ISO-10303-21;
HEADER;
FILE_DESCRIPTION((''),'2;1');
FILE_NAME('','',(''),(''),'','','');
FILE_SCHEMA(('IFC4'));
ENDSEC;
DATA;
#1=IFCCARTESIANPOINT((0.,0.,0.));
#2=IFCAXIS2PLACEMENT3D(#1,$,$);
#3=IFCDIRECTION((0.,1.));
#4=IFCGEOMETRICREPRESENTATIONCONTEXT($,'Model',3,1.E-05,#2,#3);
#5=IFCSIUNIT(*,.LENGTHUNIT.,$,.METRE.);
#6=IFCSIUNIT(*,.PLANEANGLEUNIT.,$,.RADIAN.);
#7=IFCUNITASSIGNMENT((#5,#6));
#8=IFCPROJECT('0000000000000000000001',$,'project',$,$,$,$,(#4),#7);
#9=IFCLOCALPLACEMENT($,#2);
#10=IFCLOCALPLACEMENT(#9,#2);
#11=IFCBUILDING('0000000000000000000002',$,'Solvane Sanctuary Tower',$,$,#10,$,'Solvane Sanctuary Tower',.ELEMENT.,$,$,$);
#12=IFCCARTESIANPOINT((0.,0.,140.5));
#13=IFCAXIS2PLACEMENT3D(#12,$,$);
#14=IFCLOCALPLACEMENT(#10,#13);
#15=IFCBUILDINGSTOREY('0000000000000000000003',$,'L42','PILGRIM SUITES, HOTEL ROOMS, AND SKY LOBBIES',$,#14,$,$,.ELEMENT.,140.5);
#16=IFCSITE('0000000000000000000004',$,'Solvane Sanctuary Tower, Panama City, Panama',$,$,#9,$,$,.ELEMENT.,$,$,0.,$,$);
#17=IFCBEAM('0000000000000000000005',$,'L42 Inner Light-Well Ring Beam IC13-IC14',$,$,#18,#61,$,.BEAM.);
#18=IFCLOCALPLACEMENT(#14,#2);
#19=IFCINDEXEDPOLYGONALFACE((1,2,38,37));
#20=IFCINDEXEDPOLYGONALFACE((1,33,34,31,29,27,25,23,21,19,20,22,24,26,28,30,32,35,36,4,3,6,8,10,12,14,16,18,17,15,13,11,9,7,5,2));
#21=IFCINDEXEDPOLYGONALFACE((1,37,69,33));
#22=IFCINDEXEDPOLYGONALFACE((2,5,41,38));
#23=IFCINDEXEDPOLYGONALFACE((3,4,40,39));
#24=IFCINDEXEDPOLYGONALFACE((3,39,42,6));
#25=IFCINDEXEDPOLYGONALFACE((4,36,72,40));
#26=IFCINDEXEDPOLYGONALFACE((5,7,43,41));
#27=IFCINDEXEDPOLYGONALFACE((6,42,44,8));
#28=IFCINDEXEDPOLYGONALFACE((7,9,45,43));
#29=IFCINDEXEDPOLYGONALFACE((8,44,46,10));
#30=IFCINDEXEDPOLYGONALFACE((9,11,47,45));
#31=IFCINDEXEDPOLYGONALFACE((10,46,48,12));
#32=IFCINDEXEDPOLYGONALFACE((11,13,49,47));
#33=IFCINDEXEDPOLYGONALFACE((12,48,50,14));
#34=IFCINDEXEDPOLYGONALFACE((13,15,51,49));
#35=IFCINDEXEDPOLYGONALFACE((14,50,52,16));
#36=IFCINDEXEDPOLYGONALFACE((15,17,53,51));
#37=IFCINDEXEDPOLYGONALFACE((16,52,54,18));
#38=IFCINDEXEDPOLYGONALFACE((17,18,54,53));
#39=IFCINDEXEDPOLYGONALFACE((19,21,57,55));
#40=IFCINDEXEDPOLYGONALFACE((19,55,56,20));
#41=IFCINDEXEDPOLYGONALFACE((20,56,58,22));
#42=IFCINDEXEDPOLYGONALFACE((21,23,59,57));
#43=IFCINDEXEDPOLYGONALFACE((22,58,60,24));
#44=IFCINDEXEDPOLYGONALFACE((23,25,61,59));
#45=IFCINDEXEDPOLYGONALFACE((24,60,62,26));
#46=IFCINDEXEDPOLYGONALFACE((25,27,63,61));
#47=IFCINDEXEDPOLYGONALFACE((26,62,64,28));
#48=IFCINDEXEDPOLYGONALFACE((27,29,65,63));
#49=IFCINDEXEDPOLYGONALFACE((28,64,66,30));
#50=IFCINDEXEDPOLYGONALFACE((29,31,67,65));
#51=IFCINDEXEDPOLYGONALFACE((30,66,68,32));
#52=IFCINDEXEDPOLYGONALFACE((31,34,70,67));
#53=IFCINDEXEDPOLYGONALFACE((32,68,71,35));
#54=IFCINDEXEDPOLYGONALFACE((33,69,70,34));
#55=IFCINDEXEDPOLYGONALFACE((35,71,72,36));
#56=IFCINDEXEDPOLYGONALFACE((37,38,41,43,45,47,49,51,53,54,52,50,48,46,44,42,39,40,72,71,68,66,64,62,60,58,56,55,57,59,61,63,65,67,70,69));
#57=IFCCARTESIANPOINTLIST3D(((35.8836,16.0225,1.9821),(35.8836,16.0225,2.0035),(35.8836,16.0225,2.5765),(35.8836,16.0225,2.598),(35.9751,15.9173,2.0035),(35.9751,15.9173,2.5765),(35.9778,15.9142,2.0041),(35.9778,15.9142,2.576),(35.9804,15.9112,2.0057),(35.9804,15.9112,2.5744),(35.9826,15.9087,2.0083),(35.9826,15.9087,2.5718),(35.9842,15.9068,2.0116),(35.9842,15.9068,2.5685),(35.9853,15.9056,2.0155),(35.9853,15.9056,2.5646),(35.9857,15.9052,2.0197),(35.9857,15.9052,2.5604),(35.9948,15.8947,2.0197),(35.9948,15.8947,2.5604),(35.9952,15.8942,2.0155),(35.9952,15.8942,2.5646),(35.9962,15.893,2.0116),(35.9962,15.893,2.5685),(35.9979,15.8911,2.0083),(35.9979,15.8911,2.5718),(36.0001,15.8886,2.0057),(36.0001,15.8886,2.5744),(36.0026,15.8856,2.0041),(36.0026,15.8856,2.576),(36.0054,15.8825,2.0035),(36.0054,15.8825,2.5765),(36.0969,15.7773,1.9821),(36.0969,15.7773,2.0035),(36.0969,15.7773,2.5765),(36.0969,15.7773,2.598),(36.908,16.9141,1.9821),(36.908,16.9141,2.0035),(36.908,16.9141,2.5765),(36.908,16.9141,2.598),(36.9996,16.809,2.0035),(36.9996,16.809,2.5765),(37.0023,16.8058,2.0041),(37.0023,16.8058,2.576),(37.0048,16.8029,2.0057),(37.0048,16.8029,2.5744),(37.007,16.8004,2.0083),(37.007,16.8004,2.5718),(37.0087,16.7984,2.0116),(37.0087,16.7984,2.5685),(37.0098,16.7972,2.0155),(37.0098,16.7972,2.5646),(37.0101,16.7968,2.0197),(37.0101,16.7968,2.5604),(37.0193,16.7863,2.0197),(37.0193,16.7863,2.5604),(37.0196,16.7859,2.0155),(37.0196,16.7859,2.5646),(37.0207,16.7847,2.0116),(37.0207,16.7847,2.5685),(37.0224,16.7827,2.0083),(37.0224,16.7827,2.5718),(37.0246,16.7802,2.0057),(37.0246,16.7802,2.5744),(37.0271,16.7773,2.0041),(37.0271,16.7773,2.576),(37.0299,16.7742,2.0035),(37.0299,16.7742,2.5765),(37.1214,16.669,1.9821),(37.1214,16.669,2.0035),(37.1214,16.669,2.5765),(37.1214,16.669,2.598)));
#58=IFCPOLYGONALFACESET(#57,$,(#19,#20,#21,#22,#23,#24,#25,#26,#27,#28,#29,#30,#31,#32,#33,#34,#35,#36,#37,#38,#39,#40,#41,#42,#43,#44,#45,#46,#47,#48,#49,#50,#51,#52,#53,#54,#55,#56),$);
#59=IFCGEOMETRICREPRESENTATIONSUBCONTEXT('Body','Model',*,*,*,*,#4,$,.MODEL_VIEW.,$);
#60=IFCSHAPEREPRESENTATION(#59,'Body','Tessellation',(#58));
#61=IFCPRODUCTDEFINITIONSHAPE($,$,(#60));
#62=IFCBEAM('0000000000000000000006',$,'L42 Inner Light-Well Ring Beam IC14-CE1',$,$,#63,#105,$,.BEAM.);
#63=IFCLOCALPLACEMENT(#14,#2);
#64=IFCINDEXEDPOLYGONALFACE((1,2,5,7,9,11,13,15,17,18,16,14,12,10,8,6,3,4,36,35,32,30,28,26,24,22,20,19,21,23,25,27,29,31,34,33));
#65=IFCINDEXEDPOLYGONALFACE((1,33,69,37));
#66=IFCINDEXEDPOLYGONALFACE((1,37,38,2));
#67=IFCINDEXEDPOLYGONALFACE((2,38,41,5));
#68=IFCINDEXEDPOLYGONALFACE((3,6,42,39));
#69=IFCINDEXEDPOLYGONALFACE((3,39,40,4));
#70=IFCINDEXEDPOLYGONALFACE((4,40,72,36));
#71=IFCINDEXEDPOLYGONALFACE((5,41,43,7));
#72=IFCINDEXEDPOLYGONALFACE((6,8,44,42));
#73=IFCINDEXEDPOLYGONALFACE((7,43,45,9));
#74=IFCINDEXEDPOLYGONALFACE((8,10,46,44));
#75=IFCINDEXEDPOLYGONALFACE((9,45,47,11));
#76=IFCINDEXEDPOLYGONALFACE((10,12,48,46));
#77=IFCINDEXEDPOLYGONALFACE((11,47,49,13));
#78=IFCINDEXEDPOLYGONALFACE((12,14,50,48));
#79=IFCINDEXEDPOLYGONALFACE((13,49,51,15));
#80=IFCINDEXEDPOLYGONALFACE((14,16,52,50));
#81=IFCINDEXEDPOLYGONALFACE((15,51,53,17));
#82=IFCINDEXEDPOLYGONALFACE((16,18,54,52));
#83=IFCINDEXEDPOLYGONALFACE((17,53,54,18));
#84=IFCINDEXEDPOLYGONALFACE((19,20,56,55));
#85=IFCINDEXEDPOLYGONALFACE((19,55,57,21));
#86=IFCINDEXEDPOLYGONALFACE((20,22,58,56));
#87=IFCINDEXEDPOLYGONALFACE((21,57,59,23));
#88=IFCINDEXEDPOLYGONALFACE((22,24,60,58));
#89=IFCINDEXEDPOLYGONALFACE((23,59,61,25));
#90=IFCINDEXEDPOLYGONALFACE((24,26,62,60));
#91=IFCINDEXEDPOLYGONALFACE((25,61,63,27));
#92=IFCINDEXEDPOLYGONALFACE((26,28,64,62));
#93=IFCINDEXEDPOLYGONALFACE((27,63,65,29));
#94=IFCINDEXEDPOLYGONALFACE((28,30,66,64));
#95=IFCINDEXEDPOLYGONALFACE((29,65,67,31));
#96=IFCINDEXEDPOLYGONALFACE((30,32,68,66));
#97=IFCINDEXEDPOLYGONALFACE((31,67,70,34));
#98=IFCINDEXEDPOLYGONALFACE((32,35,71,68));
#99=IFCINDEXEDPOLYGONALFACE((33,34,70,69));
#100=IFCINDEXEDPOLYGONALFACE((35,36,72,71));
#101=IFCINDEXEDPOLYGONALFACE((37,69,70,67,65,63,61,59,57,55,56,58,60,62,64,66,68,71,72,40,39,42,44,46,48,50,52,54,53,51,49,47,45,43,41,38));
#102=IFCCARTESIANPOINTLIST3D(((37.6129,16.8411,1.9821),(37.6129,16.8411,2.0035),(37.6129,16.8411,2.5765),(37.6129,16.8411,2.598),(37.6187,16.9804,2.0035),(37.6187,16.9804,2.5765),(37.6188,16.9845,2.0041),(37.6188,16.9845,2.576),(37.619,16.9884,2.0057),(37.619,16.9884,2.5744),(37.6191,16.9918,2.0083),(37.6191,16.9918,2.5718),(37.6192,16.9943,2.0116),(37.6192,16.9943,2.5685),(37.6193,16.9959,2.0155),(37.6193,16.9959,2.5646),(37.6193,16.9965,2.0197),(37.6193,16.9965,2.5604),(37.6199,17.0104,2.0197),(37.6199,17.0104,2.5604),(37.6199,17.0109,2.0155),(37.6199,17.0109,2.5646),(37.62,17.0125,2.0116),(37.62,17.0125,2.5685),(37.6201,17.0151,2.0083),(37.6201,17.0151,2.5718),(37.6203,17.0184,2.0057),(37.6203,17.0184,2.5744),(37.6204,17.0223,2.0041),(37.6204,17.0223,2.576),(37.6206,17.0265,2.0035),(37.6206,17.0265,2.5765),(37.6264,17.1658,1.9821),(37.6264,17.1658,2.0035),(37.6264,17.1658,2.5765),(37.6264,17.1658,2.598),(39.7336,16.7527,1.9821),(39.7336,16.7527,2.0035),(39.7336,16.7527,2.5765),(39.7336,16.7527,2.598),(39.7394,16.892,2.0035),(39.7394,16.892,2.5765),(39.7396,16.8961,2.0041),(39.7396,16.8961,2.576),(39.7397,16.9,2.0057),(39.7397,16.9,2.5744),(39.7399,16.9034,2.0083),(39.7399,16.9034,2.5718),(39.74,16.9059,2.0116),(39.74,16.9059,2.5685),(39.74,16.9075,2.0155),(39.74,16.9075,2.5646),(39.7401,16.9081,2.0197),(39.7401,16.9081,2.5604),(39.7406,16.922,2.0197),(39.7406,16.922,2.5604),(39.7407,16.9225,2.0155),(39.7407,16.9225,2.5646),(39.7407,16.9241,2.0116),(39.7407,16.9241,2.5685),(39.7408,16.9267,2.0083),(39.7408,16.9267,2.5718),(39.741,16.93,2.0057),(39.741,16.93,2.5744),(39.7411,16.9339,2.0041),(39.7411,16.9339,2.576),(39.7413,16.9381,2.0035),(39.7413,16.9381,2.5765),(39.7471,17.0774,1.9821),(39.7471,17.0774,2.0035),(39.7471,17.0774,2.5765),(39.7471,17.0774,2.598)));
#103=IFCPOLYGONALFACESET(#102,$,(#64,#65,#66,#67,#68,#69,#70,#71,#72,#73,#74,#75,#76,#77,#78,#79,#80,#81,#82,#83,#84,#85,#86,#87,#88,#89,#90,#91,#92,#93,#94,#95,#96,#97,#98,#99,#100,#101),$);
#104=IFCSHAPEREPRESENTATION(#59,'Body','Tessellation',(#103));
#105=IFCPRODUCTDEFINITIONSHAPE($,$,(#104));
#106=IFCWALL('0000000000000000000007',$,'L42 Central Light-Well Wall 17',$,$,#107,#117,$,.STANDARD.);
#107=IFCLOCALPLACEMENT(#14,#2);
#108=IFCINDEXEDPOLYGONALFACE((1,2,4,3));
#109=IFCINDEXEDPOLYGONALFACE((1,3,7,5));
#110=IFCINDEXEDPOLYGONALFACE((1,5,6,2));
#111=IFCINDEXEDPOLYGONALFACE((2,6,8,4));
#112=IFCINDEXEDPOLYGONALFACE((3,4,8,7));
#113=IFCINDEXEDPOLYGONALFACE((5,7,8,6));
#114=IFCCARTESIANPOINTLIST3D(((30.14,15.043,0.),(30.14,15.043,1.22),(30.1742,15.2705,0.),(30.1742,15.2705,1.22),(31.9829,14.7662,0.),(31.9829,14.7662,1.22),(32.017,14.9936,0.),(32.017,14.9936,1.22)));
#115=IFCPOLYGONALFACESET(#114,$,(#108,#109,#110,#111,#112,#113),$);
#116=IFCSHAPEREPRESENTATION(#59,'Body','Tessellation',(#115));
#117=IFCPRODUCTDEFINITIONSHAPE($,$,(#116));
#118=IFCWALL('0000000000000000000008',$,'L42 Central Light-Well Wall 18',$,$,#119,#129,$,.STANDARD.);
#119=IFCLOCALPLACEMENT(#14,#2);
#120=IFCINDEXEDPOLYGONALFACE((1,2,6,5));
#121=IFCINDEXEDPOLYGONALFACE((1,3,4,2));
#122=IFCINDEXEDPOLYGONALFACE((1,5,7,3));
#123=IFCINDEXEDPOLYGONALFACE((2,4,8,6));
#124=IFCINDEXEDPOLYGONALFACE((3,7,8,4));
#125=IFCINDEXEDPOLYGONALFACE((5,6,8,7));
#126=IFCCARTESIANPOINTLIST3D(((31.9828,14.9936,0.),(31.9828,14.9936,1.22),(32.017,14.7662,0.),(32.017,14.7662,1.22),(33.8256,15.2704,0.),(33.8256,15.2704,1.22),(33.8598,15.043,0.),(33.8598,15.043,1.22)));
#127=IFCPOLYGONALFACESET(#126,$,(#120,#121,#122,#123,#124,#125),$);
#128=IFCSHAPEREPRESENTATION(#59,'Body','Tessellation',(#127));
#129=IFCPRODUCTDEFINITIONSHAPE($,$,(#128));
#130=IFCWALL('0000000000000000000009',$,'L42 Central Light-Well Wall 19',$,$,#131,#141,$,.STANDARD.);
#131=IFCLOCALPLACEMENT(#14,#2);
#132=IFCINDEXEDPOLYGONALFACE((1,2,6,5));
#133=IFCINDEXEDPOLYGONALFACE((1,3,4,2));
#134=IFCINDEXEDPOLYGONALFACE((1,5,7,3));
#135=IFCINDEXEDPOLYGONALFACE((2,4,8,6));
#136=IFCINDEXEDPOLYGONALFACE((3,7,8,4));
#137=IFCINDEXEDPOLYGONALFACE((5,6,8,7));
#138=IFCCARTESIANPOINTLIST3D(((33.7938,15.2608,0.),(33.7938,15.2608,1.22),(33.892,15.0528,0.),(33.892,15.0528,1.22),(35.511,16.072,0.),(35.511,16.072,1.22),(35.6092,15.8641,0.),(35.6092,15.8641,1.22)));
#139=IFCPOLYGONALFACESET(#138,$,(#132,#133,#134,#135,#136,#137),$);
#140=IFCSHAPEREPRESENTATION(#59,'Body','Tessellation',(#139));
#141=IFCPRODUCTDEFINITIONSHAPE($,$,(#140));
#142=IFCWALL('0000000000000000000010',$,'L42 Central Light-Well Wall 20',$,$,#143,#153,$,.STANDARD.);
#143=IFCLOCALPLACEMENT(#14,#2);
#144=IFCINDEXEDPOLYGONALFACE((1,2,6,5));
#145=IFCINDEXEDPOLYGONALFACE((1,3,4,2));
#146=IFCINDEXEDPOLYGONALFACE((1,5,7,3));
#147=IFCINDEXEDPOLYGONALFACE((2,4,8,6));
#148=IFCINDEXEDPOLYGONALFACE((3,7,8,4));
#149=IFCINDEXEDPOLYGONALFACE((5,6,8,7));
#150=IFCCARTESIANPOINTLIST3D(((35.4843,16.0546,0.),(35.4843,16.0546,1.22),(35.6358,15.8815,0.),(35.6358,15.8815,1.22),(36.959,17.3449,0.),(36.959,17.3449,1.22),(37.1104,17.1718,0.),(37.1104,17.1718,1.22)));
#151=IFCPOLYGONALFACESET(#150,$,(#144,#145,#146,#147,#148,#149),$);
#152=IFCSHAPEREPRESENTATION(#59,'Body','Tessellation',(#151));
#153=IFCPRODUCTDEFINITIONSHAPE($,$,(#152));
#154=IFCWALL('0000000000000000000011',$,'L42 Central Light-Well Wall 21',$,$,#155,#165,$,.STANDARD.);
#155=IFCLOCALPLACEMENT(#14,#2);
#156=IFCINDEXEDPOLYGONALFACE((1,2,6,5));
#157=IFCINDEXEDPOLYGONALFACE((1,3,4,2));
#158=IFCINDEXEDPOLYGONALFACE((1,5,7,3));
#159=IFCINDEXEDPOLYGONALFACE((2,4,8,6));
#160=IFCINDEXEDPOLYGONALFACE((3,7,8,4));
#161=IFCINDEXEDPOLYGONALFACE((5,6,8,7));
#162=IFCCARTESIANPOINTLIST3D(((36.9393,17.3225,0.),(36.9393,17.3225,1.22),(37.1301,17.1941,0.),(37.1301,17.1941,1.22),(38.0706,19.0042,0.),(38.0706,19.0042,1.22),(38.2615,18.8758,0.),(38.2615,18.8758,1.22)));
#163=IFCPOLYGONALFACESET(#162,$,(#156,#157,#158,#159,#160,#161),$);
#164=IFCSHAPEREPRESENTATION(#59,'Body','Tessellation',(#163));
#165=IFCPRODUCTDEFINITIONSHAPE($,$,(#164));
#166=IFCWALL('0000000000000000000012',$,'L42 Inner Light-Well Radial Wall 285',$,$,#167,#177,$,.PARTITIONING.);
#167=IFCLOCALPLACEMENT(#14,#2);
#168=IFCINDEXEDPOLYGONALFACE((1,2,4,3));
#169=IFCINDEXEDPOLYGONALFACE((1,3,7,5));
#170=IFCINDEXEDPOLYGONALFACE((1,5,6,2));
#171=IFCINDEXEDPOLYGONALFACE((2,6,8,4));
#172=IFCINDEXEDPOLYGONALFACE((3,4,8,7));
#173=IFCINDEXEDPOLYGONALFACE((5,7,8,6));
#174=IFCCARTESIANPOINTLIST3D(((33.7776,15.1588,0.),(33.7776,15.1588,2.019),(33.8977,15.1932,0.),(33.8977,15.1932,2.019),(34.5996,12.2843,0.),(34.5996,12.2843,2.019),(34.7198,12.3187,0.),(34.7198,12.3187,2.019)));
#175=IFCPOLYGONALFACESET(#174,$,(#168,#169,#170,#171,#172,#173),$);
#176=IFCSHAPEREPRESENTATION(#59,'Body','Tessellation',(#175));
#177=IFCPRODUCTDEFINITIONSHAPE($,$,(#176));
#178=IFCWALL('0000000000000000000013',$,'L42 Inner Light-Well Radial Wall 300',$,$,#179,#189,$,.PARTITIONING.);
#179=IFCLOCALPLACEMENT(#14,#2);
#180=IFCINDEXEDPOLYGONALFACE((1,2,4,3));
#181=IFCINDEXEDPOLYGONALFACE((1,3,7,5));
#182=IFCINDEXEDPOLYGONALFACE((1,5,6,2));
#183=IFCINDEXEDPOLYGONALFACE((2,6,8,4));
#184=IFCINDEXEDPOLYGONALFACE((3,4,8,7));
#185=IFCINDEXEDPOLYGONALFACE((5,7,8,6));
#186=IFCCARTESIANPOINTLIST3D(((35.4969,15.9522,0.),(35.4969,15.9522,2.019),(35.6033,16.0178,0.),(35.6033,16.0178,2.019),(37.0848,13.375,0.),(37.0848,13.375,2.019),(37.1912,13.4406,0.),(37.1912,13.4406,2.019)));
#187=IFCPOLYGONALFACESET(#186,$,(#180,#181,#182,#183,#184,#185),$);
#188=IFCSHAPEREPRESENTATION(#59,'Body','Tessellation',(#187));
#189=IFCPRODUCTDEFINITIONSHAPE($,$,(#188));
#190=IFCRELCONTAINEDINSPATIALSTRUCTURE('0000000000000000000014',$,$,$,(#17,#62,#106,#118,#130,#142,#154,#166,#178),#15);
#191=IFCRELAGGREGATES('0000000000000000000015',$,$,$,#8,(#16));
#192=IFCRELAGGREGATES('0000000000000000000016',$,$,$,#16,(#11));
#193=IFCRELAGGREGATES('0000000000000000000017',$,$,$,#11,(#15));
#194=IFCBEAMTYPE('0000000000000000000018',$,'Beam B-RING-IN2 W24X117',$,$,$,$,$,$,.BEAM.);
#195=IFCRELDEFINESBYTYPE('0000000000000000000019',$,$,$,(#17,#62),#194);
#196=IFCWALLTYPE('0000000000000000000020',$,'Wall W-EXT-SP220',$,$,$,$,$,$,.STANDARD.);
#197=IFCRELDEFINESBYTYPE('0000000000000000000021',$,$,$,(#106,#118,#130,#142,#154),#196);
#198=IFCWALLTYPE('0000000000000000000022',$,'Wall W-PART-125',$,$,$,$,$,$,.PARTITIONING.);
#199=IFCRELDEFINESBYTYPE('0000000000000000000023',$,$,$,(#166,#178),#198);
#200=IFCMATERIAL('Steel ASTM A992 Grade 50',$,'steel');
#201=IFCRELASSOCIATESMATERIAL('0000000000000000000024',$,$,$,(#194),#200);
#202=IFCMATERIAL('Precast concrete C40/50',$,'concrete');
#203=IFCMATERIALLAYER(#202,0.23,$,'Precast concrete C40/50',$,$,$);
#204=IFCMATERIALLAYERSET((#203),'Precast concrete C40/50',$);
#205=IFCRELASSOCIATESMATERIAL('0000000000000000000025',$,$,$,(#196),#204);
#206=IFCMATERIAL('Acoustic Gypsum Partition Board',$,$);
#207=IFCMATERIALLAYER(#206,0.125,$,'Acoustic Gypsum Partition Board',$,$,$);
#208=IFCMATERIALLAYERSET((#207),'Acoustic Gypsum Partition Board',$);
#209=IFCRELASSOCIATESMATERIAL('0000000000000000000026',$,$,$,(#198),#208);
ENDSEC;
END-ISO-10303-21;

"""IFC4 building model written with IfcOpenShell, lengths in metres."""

from ifc_helpers import new_model, si_unit, direction, frame, frame_2d, origin, origin_2d, place, context, subcontext, project, spatial, rectangle, i_section, extrude, material, layer, layer_set, material_profile, profile_set, type_object, element, save


model = new_model("IFC4")

# Units and contexts
model_context = context("Model", 3, precision=1e-05, world=origin(), true_north=direction((0.0, 1.0)))
body_context = subcontext(model_context, "Body", "Model", "MODEL_VIEW")
ifc_project = project(units=[si_unit("LENGTHUNIT", "METRE"), si_unit("PLANEANGLEUNIT", "RADIAN")], contexts=[model_context])

# Site, building, storey
site_placement = place(None, origin())
site = spatial("IfcSite", under=ifc_project, at=site_placement, Name="Solvane Sanctuary Tower, Panama City, Panama", CompositionType="ELEMENT", RefElevation=0.0)
building_placement = place(site_placement, origin())
building = spatial("IfcBuilding", under=site, at=building_placement, Name="Solvane Sanctuary Tower", LongName="Solvane Sanctuary Tower", CompositionType="ELEMENT")
storey_placement = place(building_placement, frame((0.0, 0.0, 140.5)))
storey = spatial("IfcBuildingStorey", under=building, at=storey_placement, Name="L42", Description="PILGRIM SUITES, HOTEL ROOMS, AND SKY LOBBIES", CompositionType="ELEMENT", Elevation=140.5)

# Beams
ifc_material_1 = material(Name="Steel ASTM A992 Grade 50", Category="steel")
ifc_material_profile_1 = material_profile(ifc_material_1, i_section(OverallWidth=0.325, OverallDepth=0.616, WebThickness=0.0139, FlangeThickness=0.0215, FilletRadius=0.0161, at=origin_2d()), Name="W24X117")
ifc_profile_set_1 = profile_set([ifc_material_profile_1], Name="Steel ASTM A992 Grade 50")
beam_type_1 = type_object("IfcBeamType", Name="Beam B-RING-IN2 W24X117", PredefinedType="BEAM", material=ifc_profile_set_1)
beam_1_placement = place(storey_placement, frame((35.9902, 15.8999, 2.29), z_axis=(0.754311, 0.656517, 0.0), x_axis=(-0.656517, 0.754311, 0.0)))
element("IfcBeam", 1, at=beam_1_placement, inside=storey, type_object=beam_type_1, Name="L42 Inner Light-Well Ring Beam IC13-IC14", PredefinedType="BEAM", context=body_context, shape_type="SweptSolid", body=[
    extrude(i_section(OverallWidth=0.325, OverallDepth=0.616, WebThickness=0.0139, FlangeThickness=0.0215, FilletRadius=0.0161, at=origin_2d()), origin(), (0.0, 0.0, 1.0), 1.3582),
])
beam_2_placement = place(storey_placement, frame((37.6196, 17.0034, 2.29), z_axis=(0.999133, -0.04164, 0.0), x_axis=(0.04164, 0.999133, 0.0)))
element("IfcBeam", 2, at=beam_2_placement, inside=storey, type_object=beam_type_1, Name="L42 Inner Light-Well Ring Beam IC14-CE1", PredefinedType="BEAM", context=body_context, shape_type="SweptSolid", body=[
    extrude(i_section(OverallWidth=0.325, OverallDepth=0.616, WebThickness=0.0139, FlangeThickness=0.0215, FilletRadius=0.0161, at=origin_2d()), origin(), (0.0, 0.0, 1.0), 2.1226),
])

# Walls
ifc_material_2 = material(Name="Precast concrete C40/50", Category="concrete")
ifc_layer_1 = layer(ifc_material_2, 0.23, Name="Precast concrete C40/50")
ifc_layer_set_1 = layer_set([ifc_layer_1], Name="Precast concrete C40/50")
wall_type_1 = type_object("IfcWallType", Name="Wall W-EXT-SP220", PredefinedType="STANDARD", material=ifc_layer_set_1)
for number, where, z_axis, x_axis, name in (
    (3, (30.1572, 15.1567, 0.0), (0.0, 0.0, 1.0), (0.988902, -0.148571, 0.0), "L42 Central Light-Well Wall 17"),
    (4, (32.0, 14.8799, 0.0), (0.0, 0.0, 1.0), (0.988902, 0.148571, 0.0), "L42 Central Light-Well Wall 18"),
):
    element("IfcWall", number, at=place(storey_placement, frame(where, z_axis=z_axis, x_axis=x_axis)), inside=storey, type_object=wall_type_1, Name=name, PredefinedType="STANDARD", context=body_context, shape_type="SweptSolid", body=[
        extrude(rectangle(XDim=1.8635, YDim=0.23, at=frame_2d((0.9316, 0.0))), origin(), (0.0, 0.0, 1.0), 1.22),
    ])
wall_1_placement = place(storey_placement, frame((33.8428, 15.1567, 0.0), z_axis=(0.0, 0.0, 1.0), x_axis=(0.90418, 0.427152, 0.0)))
element("IfcWall", 5, at=wall_1_placement, inside=storey, type_object=wall_type_1, Name="L42 Central Light-Well Wall 19", PredefinedType="STANDARD", context=body_context, shape_type="SweptSolid", body=[
    extrude(rectangle(XDim=1.8992, YDim=0.23, at=frame_2d((0.9497, 0.0))), origin(), (0.0, 0.0, 1.0), 1.22),
])
wall_2_placement = place(storey_placement, frame((35.5601, 15.968, 0.0), z_axis=(0.0, 0.0, 1.0), x_axis=(0.752577, 0.658505, 0.0)))
element("IfcWall", 6, at=wall_2_placement, inside=storey, type_object=wall_type_1, Name="L42 Central Light-Well Wall 20", PredefinedType="STANDARD", context=body_context, shape_type="SweptSolid", body=[
    extrude(rectangle(XDim=1.9595, YDim=0.23, at=frame_2d((0.9797, 0.0))), origin(), (0.0, 0.0, 1.0), 1.22),
])
wall_3_placement = place(storey_placement, frame((37.0347, 17.2583, 0.0), z_axis=(0.0, 0.0, 1.0), x_axis=(0.558198, 0.829708, 0.0)))
element("IfcWall", 7, at=wall_3_placement, inside=storey, type_object=wall_type_1, Name="L42 Central Light-Well Wall 21", PredefinedType="STANDARD", context=body_context, shape_type="SweptSolid", body=[
    extrude(rectangle(XDim=2.0269, YDim=0.23, at=frame_2d((1.0134, 0.0))), origin(), (0.0, 0.0, 1.0), 1.22),
])
ifc_material_3 = material(Name="Acoustic Gypsum Partition Board")
ifc_layer_2 = layer(ifc_material_3, 0.125, Name="Acoustic Gypsum Partition Board")
ifc_layer_set_2 = layer_set([ifc_layer_2], Name="Acoustic Gypsum Partition Board")
wall_type_2 = type_object("IfcWallType", Name="Wall W-PART-125", PredefinedType="PARTITIONING", material=ifc_layer_set_2)
wall_4_placement = place(storey_placement, frame((33.8376, 15.176, 0.0), z_axis=(0.0, 0.0, 1.0), x_axis=(0.274948, -0.961459, 0.0)))
element("IfcWall", 8, at=wall_4_placement, inside=storey, type_object=wall_type_2, Name="L42 Inner Light-Well Radial Wall 285", PredefinedType="PARTITIONING", context=body_context, shape_type="SweptSolid", body=[
    extrude(rectangle(XDim=2.9897, YDim=0.125, at=frame_2d((1.4949, 0.0))), origin(), (0.0, 0.0, 1.0), 2.019),
])
wall_5_placement = place(storey_placement, frame((35.55, 15.9851, 0.0), z_axis=(0.0, 0.0, 1.0), x_axis=(0.524565, -0.85137, 0.0)))
element("IfcWall", 9, at=wall_5_placement, inside=storey, type_object=wall_type_2, Name="L42 Inner Light-Well Radial Wall 300", PredefinedType="PARTITIONING", context=body_context, shape_type="SweptSolid", body=[
    extrude(rectangle(XDim=3.0271, YDim=0.125, at=frame_2d((1.5137, 0.0))), origin(), (0.0, 0.0, 1.0), 2.019),
])

save(model, "model.ifc")
